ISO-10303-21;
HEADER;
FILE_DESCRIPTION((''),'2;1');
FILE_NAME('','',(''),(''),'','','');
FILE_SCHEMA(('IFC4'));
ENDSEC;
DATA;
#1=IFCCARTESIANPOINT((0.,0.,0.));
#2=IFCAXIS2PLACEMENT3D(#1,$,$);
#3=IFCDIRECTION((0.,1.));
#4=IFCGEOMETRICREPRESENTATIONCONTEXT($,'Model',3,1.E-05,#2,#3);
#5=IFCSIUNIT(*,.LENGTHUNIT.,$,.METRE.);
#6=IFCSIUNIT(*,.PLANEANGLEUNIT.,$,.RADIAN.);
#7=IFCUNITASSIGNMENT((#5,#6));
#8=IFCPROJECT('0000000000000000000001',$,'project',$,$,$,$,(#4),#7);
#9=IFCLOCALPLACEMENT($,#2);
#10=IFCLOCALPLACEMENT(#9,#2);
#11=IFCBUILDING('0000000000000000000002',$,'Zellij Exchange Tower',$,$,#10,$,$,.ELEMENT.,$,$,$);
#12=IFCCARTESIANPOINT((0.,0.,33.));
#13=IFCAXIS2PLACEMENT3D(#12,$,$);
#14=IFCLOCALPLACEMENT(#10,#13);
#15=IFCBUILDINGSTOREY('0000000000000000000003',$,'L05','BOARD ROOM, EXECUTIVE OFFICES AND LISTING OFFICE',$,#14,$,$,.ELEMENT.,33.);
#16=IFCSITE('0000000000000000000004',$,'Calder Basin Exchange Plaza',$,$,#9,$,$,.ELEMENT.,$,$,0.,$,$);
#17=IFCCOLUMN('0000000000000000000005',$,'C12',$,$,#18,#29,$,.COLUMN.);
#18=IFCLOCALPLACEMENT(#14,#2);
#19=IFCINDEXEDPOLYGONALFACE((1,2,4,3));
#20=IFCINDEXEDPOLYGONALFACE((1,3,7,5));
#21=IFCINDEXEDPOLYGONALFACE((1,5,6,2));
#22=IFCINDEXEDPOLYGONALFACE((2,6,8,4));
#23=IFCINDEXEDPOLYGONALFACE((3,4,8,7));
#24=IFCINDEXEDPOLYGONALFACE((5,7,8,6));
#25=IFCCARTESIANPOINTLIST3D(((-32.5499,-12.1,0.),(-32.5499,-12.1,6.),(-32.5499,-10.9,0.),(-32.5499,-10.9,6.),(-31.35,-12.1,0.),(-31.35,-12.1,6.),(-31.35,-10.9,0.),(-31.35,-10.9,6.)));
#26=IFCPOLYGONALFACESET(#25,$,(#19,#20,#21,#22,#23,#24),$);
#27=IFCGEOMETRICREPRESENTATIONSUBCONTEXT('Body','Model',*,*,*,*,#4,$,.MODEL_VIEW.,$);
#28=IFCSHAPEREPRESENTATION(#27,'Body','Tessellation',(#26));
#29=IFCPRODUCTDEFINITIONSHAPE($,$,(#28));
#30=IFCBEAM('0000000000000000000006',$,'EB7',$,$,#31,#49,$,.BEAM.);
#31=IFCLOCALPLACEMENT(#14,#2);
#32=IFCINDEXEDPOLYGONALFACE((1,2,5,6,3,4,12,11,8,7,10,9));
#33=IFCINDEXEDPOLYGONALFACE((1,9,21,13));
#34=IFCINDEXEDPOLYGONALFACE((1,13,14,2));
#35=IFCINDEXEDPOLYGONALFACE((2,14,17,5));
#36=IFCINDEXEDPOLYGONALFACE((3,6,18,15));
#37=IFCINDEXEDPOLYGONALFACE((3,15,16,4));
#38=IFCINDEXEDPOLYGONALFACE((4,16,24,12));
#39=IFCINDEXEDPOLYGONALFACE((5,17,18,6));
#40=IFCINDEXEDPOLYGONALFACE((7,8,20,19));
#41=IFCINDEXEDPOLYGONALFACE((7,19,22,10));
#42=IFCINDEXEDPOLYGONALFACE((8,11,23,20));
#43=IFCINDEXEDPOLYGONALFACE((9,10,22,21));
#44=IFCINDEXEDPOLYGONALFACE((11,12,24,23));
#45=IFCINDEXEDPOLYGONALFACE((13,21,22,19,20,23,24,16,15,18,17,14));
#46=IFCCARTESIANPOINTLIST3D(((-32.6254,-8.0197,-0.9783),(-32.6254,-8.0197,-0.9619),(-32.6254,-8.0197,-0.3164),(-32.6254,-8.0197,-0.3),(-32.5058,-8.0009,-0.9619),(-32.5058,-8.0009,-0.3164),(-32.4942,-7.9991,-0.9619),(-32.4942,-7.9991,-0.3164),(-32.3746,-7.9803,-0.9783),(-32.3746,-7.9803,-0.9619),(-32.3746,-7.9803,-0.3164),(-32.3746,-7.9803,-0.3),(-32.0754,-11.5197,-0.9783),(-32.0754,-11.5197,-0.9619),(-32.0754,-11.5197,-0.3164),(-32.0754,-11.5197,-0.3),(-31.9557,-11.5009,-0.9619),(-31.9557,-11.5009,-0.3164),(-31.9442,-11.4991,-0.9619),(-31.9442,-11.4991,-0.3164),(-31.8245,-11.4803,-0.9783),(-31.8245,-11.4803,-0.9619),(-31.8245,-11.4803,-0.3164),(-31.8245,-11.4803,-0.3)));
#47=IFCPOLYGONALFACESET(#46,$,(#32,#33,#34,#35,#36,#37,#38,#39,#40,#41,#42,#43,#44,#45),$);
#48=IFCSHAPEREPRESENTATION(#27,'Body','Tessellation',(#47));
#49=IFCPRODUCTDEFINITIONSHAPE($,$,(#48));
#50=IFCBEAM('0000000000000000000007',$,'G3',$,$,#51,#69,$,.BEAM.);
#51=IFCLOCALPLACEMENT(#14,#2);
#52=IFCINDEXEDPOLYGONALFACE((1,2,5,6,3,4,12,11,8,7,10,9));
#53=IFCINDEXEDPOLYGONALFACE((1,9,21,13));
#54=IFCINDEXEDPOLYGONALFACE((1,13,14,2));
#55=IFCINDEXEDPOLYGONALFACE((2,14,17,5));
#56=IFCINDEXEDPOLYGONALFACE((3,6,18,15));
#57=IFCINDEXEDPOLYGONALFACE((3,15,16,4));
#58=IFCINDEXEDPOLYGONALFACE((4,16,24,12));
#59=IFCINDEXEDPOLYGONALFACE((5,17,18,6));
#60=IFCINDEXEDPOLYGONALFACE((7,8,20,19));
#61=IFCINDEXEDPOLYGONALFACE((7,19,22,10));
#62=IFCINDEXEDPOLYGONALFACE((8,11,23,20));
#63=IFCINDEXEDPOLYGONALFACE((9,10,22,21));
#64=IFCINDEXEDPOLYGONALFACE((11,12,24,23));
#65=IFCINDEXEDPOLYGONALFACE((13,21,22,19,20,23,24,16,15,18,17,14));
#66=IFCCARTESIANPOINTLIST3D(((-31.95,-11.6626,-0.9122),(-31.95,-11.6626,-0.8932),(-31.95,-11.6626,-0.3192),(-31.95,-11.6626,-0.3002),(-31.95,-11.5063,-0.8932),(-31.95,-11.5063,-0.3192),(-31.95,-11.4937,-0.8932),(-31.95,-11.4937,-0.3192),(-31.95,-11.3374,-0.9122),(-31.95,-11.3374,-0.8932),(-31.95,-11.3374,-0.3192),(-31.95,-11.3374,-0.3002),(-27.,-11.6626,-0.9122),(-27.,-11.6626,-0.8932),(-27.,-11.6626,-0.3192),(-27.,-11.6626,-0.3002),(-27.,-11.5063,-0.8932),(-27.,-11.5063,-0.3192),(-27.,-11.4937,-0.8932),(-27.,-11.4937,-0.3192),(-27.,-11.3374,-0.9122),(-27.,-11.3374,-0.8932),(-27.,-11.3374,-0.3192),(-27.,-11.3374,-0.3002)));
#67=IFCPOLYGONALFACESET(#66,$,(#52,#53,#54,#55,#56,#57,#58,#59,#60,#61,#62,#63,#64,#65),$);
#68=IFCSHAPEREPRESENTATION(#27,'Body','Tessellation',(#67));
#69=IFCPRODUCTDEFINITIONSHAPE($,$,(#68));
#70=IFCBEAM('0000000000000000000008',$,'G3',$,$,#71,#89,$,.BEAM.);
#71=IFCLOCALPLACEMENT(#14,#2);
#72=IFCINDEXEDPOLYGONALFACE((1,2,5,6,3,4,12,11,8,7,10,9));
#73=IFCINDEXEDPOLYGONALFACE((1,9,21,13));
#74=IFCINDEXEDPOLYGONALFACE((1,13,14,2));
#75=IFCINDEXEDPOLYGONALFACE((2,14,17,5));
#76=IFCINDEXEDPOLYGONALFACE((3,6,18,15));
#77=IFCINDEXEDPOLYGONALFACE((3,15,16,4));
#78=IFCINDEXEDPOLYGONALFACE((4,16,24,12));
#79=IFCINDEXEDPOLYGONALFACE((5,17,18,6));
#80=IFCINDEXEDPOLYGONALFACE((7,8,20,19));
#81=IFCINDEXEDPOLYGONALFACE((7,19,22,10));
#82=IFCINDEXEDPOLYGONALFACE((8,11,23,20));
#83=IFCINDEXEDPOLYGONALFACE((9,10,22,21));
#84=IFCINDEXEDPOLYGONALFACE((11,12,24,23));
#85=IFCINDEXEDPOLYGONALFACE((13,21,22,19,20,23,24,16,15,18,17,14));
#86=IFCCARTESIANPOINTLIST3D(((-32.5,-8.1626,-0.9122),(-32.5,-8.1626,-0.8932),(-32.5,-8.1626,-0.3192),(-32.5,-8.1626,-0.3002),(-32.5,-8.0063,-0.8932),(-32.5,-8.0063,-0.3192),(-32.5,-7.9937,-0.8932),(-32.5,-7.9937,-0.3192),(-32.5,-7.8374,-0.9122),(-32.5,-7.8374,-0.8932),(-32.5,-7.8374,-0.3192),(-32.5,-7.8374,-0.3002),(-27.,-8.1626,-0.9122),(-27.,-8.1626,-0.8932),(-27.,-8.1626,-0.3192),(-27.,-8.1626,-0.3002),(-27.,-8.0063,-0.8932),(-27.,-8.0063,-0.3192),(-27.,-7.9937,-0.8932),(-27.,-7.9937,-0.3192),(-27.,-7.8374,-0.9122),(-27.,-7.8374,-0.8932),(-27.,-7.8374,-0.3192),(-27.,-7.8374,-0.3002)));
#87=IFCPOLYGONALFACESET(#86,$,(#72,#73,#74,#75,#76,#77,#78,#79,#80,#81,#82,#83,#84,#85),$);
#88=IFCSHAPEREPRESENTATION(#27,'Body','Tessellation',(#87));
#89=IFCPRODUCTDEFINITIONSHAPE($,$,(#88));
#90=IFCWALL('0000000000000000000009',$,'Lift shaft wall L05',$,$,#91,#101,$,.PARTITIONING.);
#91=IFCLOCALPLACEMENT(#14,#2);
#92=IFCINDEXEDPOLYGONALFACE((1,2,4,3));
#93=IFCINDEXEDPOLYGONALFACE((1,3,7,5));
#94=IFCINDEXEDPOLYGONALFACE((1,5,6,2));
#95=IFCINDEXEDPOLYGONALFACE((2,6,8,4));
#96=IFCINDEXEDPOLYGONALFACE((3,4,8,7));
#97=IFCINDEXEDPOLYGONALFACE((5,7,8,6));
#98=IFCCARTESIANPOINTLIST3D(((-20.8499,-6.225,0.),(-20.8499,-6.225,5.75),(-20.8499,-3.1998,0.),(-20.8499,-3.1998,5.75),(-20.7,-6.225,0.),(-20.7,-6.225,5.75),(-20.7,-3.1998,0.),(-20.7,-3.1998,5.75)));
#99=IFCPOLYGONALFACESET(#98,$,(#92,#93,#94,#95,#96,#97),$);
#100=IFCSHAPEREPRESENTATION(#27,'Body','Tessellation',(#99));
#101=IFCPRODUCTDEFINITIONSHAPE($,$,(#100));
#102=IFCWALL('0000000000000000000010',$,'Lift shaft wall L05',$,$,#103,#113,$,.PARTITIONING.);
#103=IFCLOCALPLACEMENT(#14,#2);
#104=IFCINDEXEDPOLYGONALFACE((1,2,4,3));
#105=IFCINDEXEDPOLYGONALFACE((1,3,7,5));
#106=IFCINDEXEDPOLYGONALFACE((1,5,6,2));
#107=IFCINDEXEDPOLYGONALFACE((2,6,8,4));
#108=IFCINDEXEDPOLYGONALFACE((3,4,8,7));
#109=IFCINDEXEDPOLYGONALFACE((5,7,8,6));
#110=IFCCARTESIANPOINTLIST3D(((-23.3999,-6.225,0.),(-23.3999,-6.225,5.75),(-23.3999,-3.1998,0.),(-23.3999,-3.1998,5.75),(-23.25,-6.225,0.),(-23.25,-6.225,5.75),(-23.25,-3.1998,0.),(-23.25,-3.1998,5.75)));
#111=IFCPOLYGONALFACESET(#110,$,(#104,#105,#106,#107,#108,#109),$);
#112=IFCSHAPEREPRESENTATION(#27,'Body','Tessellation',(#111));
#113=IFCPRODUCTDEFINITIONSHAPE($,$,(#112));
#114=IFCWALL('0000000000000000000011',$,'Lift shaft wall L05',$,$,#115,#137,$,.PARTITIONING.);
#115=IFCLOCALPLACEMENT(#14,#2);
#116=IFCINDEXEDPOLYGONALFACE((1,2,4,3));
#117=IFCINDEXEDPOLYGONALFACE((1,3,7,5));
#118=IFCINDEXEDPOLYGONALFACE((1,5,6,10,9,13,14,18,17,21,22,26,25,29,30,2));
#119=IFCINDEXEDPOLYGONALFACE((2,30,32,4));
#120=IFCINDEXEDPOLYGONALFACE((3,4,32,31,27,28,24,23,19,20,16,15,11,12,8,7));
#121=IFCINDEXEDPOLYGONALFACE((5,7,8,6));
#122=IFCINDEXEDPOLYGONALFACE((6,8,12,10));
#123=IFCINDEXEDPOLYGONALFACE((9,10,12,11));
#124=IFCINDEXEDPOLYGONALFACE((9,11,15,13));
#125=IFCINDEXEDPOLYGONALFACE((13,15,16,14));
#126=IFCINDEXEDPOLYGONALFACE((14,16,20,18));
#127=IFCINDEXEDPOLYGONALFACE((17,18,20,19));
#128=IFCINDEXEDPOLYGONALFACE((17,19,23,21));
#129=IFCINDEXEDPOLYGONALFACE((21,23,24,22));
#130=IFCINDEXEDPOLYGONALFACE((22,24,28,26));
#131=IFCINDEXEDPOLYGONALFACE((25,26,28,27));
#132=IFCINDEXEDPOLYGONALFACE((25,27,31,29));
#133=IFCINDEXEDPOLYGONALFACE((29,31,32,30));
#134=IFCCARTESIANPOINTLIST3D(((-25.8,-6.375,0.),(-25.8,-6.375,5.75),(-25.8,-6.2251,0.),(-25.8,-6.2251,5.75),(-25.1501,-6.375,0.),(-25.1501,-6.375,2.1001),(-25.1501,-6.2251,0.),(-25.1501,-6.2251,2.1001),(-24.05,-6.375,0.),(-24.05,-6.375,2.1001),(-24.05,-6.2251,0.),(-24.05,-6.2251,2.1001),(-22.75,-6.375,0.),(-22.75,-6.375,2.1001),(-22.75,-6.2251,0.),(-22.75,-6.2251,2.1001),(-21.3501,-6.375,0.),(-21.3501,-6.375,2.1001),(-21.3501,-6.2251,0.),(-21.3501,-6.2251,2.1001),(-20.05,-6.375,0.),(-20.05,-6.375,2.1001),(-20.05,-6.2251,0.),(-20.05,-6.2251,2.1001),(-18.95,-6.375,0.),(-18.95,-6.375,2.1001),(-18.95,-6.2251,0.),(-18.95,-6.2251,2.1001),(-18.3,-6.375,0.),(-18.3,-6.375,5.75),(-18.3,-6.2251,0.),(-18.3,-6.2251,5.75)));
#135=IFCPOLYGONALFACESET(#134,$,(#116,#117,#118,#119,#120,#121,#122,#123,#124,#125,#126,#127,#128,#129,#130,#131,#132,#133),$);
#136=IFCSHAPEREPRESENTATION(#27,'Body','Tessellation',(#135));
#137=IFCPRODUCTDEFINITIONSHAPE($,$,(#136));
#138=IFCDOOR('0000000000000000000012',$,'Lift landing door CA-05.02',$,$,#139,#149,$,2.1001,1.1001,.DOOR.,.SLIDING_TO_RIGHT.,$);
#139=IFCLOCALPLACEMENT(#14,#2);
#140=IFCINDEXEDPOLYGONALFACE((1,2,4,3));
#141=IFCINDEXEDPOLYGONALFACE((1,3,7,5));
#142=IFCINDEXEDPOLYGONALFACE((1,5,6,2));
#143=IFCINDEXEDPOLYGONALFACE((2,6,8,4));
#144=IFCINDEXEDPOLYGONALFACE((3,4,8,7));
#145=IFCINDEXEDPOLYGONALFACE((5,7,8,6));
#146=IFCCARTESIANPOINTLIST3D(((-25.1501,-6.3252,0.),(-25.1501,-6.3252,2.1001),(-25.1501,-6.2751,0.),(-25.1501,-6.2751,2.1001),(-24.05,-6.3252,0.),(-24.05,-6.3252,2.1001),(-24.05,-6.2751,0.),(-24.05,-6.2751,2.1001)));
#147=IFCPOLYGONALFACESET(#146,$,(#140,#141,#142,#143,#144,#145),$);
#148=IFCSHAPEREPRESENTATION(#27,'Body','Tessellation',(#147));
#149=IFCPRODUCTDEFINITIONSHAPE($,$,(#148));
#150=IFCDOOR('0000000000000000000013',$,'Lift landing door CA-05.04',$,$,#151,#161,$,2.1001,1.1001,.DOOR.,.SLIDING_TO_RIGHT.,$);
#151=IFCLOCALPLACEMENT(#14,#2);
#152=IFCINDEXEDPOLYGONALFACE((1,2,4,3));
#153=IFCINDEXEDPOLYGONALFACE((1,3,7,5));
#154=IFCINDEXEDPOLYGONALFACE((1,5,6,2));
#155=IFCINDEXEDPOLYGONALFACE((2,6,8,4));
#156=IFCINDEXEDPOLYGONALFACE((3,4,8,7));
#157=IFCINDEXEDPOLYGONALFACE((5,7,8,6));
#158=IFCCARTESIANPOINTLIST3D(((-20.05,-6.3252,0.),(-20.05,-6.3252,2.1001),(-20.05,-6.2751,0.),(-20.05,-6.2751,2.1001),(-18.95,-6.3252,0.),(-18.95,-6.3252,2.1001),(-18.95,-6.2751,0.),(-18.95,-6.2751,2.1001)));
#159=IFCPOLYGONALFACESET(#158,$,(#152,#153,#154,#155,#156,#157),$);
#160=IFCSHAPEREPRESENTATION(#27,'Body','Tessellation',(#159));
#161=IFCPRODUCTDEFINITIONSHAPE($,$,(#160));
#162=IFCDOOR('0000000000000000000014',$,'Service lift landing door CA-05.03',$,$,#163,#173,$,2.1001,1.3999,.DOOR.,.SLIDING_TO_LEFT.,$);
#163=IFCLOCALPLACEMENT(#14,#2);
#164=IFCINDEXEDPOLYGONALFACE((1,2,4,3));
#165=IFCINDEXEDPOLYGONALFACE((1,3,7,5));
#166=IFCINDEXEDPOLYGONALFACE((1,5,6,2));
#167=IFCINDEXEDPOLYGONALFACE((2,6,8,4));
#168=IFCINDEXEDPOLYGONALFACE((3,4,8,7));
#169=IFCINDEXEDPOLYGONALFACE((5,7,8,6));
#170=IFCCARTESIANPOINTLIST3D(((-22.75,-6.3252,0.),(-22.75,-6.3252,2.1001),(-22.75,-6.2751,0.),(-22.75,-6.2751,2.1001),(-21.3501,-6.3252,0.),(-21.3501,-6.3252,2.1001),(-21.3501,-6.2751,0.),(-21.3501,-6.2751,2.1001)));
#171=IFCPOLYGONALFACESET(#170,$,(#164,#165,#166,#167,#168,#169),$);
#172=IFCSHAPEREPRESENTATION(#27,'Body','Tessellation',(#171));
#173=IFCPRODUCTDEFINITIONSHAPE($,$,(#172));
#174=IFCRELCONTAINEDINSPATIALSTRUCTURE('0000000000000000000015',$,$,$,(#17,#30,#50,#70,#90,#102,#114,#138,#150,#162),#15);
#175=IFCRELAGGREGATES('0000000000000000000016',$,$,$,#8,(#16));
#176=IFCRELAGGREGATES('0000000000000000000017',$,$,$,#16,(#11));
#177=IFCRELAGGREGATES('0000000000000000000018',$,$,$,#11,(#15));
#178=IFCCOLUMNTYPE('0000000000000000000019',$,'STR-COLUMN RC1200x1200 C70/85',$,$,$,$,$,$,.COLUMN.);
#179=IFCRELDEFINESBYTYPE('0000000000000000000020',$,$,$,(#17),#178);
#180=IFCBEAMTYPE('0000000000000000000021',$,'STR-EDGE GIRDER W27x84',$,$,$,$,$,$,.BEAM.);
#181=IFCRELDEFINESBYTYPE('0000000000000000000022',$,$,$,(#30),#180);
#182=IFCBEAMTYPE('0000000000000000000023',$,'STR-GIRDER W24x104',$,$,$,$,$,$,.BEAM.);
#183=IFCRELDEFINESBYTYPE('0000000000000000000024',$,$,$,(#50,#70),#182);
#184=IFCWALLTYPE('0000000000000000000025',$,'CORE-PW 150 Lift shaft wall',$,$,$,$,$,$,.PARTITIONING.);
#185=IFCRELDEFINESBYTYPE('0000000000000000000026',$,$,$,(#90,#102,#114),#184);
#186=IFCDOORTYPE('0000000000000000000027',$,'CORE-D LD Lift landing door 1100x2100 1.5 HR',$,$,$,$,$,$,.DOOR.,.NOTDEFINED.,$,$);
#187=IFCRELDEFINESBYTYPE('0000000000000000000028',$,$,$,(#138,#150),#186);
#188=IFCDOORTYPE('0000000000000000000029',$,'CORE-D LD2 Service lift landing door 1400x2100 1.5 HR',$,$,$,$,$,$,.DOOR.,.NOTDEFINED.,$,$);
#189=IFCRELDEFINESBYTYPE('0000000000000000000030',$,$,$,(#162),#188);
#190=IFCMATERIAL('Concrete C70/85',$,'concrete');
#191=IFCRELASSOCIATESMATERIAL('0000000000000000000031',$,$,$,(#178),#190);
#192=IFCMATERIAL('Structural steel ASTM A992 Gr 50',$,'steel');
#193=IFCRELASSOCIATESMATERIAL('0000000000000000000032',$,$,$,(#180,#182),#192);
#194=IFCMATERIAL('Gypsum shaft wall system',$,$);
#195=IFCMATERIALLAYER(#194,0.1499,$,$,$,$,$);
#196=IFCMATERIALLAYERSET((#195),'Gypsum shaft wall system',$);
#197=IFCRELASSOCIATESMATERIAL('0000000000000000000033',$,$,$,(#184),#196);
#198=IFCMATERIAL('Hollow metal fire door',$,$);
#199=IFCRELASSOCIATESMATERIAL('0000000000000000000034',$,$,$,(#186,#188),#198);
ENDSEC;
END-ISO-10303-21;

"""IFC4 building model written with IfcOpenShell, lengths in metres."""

from ifc_helpers import new_model, si_unit, direction, frame, frame_2d, origin, origin_2d, place, context, subcontext, project, spatial, rectangle, i_section, extrude, material, layer, layer_set, material_profile, profile_set, type_object, element, fill, save


model = new_model("IFC4")

# Units and contexts
model_context = context("Model", 3, precision=1e-05, world=origin(), true_north=direction((0.0, 1.0)))
body_context = subcontext(model_context, "Body", "Model", "MODEL_VIEW")
ifc_project = project(units=[si_unit("LENGTHUNIT", "METRE"), si_unit("PLANEANGLEUNIT", "RADIAN")], contexts=[model_context])

# Site, building, storey
site_placement = place(None, origin())
site = spatial("IfcSite", under=ifc_project, at=site_placement, Name="Calder Basin Exchange Plaza", CompositionType="ELEMENT", RefElevation=0.0)
building_placement = place(site_placement, origin())
building = spatial("IfcBuilding", under=site, at=building_placement, Name="Zellij Exchange Tower", CompositionType="ELEMENT")
storey_placement = place(building_placement, frame((0.0, 0.0, 33.0)))
storey = spatial("IfcBuildingStorey", under=building, at=storey_placement, Name="L05", Description="BOARD ROOM, EXECUTIVE OFFICES AND LISTING OFFICE", CompositionType="ELEMENT", Elevation=33.0)

# Column
ifc_material_1 = material(Name="Concrete C70/85", Category="concrete")
ifc_material_profile_1 = material_profile(ifc_material_1, rectangle(XDim=1.2, YDim=1.2, at=origin_2d()), Name="STR-COLUMN RC1200x1200 C70/85")
ifc_profile_set_1 = profile_set([ifc_material_profile_1], Name="Concrete C70/85")
column_type = type_object("IfcColumnType", Name="STR-COLUMN RC1200x1200 C70/85", PredefinedType="COLUMN", material=ifc_profile_set_1)
column_placement = place(storey_placement, frame((-31.95, -11.5, 0.0), z_axis=(0.0, 0.0, 1.0), x_axis=(1.0, 0.0, 0.0)))
element("IfcColumn", 1, at=column_placement, inside=storey, type_object=column_type, Name="C12", PredefinedType="COLUMN", context=body_context, shape_type="SweptSolid", body=[
    extrude(rectangle(XDim=1.2, YDim=1.2, at=origin_2d()), origin(), (0.0, 0.0, 1.0), 6.0),
])

# Beams
ifc_material_2 = material(Name="Structural steel ASTM A992 Gr 50", Category="steel")
ifc_material_profile_2 = material_profile(ifc_material_2, i_section(OverallWidth=0.2539, OverallDepth=0.6782, WebThickness=0.0117, FlangeThickness=0.0164, at=origin_2d()), Name="W27x84")
ifc_profile_set_2 = profile_set([ifc_material_profile_2], Name="Structural steel ASTM A992 Gr 50")
beam_type_1 = type_object("IfcBeamType", Name="STR-EDGE GIRDER W27x84", PredefinedType="BEAM", material=ifc_profile_set_2)
beam_1_placement = place(storey_placement, frame((-31.95, -11.5, -0.6392), z_axis=(-0.155251, 0.987875, 0.0), x_axis=(-0.987875, -0.155251, 0.0)))
element("IfcBeam", 2, at=beam_1_placement, inside=storey, type_object=beam_type_1, Name="EB7", PredefinedType="BEAM", context=body_context, shape_type="SweptSolid", body=[
    extrude(i_section(OverallWidth=0.2539, OverallDepth=0.6782, WebThickness=0.0117, FlangeThickness=0.0164, at=origin_2d()), origin(), (0.0, 0.0, 1.0), 3.543),
])
ifc_material_profile_3 = material_profile(ifc_material_2, i_section(OverallWidth=0.3252, OverallDepth=0.6121, WebThickness=0.0127, FlangeThickness=0.019, at=origin_2d()), Name="W24x104")
ifc_profile_set_3 = profile_set([ifc_material_profile_3], Name="Structural steel ASTM A992 Gr 50")
beam_type_2 = type_object("IfcBeamType", Name="STR-GIRDER W24x104", PredefinedType="BEAM", material=ifc_profile_set_3)
beam_2_placement = place(storey_placement, frame((-31.95, -11.5, -0.6062), z_axis=(1.0, 0.0, 0.0), x_axis=(0.0, 1.0, 0.0)))
element("IfcBeam", 3, at=beam_2_placement, inside=storey, type_object=beam_type_2, Name="G3", PredefinedType="BEAM", context=body_context, shape_type="SweptSolid", body=[
    extrude(i_section(OverallWidth=0.3252, OverallDepth=0.6121, WebThickness=0.0127, FlangeThickness=0.019, at=origin_2d()), origin(), (0.0, 0.0, 1.0), 4.95),
])
beam_3_placement = place(storey_placement, frame((-32.5, -8.0, -0.6062), z_axis=(1.0, 0.0, 0.0), x_axis=(0.0, 1.0, 0.0)))
element("IfcBeam", 4, at=beam_3_placement, inside=storey, type_object=beam_type_2, Name="G3", PredefinedType="BEAM", context=body_context, shape_type="SweptSolid", body=[
    extrude(i_section(OverallWidth=0.3252, OverallDepth=0.6121, WebThickness=0.0127, FlangeThickness=0.019, at=origin_2d()), origin(), (0.0, 0.0, 1.0), 5.5),
])

# Walls
ifc_material_3 = material(Name="Gypsum shaft wall system")
ifc_layer_1 = layer(ifc_material_3, 0.1499)
ifc_layer_set_1 = layer_set([ifc_layer_1], Name="Gypsum shaft wall system")
wall_type_1 = type_object("IfcWallType", Name="CORE-PW 150 Lift shaft wall", PredefinedType="PARTITIONING", material=ifc_layer_set_1)
for number, where, z_axis, x_axis, name in (
    (5, (-20.7749, -6.2251, 0.0), (0.0, 0.0, 1.0), (0.0, 1.0, 0.0), "Lift shaft wall L05"),
    (6, (-23.325, -6.2251, 0.0), (0.0, 0.0, 1.0), (0.0, 1.0, 0.0), "Lift shaft wall L05"),
):
    element("IfcWall", number, at=place(storey_placement, frame(where, z_axis=z_axis, x_axis=x_axis)), inside=storey, type_object=wall_type_1, Name=name, PredefinedType="PARTITIONING", context=body_context, shape_type="SweptSolid", body=[
        extrude(rectangle(XDim=3.0251, YDim=0.1499, at=frame_2d((1.5127, 0.0))), origin(), (0.0, 0.0, 1.0), 5.75),
    ])

# Wall, openings, doors
wall_1_placement = place(storey_placement, frame((-25.8, -6.3, 0.0), z_axis=(0.0, 0.0, 1.0), x_axis=(1.0, 0.0, 0.0)))
wall_1 = element("IfcWall", 7, at=wall_1_placement, inside=storey, type_object=wall_type_1, Name="Lift shaft wall L05", PredefinedType="PARTITIONING", context=body_context, shape_type="SweptSolid", body=[
    extrude(rectangle(XDim=7.5, YDim=0.1499, at=frame_2d((3.75, 0.0))), origin(), (0.0, 0.0, 1.0), 5.75),
])
opening_1_placement = place(wall_1_placement, frame((0.6499, 0.0, 0.0)))
opening_1 = element("IfcOpeningElement", 8, at=opening_1_placement, cuts=wall_1, PredefinedType="OPENING", context=body_context, shape_type="SweptSolid", body=[
    extrude(rectangle(XDim=1.1001, YDim=2.1001, at=frame_2d((0.55, 1.05))), frame((0.0, 0.0869, 0.0), z_axis=(0.0, -1.0, 0.0), x_axis=(1.0, 0.0, 0.0)), (0.0, 0.0, 1.0), 0.1738),
])
opening_2_placement = place(wall_1_placement, frame((3.05, 0.0, 0.0)))
opening_2 = element("IfcOpeningElement", 9, at=opening_2_placement, cuts=wall_1, PredefinedType="OPENING", context=body_context, shape_type="SweptSolid", body=[
    extrude(rectangle(XDim=1.3999, YDim=2.1001, at=frame_2d((0.7, 1.05))), frame((0.0, 0.0869, 0.0), z_axis=(0.0, -1.0, 0.0), x_axis=(1.0, 0.0, 0.0)), (0.0, 0.0, 1.0), 0.1738),
])
opening_3_placement = place(wall_1_placement, frame((5.75, 0.0, 0.0)))
opening_3 = element("IfcOpeningElement", 10, at=opening_3_placement, cuts=wall_1, PredefinedType="OPENING", context=body_context, shape_type="SweptSolid", body=[
    extrude(rectangle(XDim=1.1001, YDim=2.1001, at=frame_2d((0.55, 1.05))), frame((0.0, 0.0869, 0.0), z_axis=(0.0, -1.0, 0.0), x_axis=(1.0, 0.0, 0.0)), (0.0, 0.0, 1.0), 0.1738),
])
ifc_material_4 = material(Name="Hollow metal fire door")
door_type_1 = type_object("IfcDoorType", Name="CORE-D LD Lift landing door 1100x2100 1.5 HR", OperationType="NOTDEFINED", PredefinedType="DOOR", material=ifc_material_4)
door_1_placement = place(opening_1_placement, origin())
door_1 = element("IfcDoor", 11, at=door_1_placement, inside=storey, type_object=door_type_1, Name="Lift landing door CA-05.02", OperationType="SLIDING_TO_RIGHT", OverallHeight=2.1001, OverallWidth=1.1001, PredefinedType="DOOR", context=body_context, shape_type="SweptSolid", body=[
    extrude(rectangle(XDim=1.1001, YDim=2.1001, at=frame_2d((0.55, 1.05))), frame((0.0, 0.0249, 0.0), z_axis=(0.0, -1.0, 0.0), x_axis=(1.0, 0.0, 0.0)), (0.0, 0.0, 1.0), 0.05),
])
fill(opening_1, door_1)
door_2_placement = place(opening_3_placement, origin())
door_2 = element("IfcDoor", 12, at=door_2_placement, inside=storey, type_object=door_type_1, Name="Lift landing door CA-05.04", OperationType="SLIDING_TO_RIGHT", OverallHeight=2.1001, OverallWidth=1.1001, PredefinedType="DOOR", context=body_context, shape_type="SweptSolid", body=[
    extrude(rectangle(XDim=1.1001, YDim=2.1001, at=frame_2d((0.55, 1.05))), frame((0.0, 0.0249, 0.0), z_axis=(0.0, -1.0, 0.0), x_axis=(1.0, 0.0, 0.0)), (0.0, 0.0, 1.0), 0.05),
])
fill(opening_3, door_2)
door_type_2 = type_object("IfcDoorType", Name="CORE-D LD2 Service lift landing door 1400x2100 1.5 HR", OperationType="NOTDEFINED", PredefinedType="DOOR", material=ifc_material_4)
door_3_placement = place(opening_2_placement, origin())
door_3 = element("IfcDoor", 13, at=door_3_placement, inside=storey, type_object=door_type_2, Name="Service lift landing door CA-05.03", OperationType="SLIDING_TO_LEFT", OverallHeight=2.1001, OverallWidth=1.3999, PredefinedType="DOOR", context=body_context, shape_type="SweptSolid", body=[
    extrude(rectangle(XDim=1.3999, YDim=2.1001, at=frame_2d((0.7, 1.05))), frame((0.0, 0.0249, 0.0), z_axis=(0.0, -1.0, 0.0), x_axis=(1.0, 0.0, 0.0)), (0.0, 0.0, 1.0), 0.05),
])
fill(opening_2, door_3)

save(model, "model.ifc")
